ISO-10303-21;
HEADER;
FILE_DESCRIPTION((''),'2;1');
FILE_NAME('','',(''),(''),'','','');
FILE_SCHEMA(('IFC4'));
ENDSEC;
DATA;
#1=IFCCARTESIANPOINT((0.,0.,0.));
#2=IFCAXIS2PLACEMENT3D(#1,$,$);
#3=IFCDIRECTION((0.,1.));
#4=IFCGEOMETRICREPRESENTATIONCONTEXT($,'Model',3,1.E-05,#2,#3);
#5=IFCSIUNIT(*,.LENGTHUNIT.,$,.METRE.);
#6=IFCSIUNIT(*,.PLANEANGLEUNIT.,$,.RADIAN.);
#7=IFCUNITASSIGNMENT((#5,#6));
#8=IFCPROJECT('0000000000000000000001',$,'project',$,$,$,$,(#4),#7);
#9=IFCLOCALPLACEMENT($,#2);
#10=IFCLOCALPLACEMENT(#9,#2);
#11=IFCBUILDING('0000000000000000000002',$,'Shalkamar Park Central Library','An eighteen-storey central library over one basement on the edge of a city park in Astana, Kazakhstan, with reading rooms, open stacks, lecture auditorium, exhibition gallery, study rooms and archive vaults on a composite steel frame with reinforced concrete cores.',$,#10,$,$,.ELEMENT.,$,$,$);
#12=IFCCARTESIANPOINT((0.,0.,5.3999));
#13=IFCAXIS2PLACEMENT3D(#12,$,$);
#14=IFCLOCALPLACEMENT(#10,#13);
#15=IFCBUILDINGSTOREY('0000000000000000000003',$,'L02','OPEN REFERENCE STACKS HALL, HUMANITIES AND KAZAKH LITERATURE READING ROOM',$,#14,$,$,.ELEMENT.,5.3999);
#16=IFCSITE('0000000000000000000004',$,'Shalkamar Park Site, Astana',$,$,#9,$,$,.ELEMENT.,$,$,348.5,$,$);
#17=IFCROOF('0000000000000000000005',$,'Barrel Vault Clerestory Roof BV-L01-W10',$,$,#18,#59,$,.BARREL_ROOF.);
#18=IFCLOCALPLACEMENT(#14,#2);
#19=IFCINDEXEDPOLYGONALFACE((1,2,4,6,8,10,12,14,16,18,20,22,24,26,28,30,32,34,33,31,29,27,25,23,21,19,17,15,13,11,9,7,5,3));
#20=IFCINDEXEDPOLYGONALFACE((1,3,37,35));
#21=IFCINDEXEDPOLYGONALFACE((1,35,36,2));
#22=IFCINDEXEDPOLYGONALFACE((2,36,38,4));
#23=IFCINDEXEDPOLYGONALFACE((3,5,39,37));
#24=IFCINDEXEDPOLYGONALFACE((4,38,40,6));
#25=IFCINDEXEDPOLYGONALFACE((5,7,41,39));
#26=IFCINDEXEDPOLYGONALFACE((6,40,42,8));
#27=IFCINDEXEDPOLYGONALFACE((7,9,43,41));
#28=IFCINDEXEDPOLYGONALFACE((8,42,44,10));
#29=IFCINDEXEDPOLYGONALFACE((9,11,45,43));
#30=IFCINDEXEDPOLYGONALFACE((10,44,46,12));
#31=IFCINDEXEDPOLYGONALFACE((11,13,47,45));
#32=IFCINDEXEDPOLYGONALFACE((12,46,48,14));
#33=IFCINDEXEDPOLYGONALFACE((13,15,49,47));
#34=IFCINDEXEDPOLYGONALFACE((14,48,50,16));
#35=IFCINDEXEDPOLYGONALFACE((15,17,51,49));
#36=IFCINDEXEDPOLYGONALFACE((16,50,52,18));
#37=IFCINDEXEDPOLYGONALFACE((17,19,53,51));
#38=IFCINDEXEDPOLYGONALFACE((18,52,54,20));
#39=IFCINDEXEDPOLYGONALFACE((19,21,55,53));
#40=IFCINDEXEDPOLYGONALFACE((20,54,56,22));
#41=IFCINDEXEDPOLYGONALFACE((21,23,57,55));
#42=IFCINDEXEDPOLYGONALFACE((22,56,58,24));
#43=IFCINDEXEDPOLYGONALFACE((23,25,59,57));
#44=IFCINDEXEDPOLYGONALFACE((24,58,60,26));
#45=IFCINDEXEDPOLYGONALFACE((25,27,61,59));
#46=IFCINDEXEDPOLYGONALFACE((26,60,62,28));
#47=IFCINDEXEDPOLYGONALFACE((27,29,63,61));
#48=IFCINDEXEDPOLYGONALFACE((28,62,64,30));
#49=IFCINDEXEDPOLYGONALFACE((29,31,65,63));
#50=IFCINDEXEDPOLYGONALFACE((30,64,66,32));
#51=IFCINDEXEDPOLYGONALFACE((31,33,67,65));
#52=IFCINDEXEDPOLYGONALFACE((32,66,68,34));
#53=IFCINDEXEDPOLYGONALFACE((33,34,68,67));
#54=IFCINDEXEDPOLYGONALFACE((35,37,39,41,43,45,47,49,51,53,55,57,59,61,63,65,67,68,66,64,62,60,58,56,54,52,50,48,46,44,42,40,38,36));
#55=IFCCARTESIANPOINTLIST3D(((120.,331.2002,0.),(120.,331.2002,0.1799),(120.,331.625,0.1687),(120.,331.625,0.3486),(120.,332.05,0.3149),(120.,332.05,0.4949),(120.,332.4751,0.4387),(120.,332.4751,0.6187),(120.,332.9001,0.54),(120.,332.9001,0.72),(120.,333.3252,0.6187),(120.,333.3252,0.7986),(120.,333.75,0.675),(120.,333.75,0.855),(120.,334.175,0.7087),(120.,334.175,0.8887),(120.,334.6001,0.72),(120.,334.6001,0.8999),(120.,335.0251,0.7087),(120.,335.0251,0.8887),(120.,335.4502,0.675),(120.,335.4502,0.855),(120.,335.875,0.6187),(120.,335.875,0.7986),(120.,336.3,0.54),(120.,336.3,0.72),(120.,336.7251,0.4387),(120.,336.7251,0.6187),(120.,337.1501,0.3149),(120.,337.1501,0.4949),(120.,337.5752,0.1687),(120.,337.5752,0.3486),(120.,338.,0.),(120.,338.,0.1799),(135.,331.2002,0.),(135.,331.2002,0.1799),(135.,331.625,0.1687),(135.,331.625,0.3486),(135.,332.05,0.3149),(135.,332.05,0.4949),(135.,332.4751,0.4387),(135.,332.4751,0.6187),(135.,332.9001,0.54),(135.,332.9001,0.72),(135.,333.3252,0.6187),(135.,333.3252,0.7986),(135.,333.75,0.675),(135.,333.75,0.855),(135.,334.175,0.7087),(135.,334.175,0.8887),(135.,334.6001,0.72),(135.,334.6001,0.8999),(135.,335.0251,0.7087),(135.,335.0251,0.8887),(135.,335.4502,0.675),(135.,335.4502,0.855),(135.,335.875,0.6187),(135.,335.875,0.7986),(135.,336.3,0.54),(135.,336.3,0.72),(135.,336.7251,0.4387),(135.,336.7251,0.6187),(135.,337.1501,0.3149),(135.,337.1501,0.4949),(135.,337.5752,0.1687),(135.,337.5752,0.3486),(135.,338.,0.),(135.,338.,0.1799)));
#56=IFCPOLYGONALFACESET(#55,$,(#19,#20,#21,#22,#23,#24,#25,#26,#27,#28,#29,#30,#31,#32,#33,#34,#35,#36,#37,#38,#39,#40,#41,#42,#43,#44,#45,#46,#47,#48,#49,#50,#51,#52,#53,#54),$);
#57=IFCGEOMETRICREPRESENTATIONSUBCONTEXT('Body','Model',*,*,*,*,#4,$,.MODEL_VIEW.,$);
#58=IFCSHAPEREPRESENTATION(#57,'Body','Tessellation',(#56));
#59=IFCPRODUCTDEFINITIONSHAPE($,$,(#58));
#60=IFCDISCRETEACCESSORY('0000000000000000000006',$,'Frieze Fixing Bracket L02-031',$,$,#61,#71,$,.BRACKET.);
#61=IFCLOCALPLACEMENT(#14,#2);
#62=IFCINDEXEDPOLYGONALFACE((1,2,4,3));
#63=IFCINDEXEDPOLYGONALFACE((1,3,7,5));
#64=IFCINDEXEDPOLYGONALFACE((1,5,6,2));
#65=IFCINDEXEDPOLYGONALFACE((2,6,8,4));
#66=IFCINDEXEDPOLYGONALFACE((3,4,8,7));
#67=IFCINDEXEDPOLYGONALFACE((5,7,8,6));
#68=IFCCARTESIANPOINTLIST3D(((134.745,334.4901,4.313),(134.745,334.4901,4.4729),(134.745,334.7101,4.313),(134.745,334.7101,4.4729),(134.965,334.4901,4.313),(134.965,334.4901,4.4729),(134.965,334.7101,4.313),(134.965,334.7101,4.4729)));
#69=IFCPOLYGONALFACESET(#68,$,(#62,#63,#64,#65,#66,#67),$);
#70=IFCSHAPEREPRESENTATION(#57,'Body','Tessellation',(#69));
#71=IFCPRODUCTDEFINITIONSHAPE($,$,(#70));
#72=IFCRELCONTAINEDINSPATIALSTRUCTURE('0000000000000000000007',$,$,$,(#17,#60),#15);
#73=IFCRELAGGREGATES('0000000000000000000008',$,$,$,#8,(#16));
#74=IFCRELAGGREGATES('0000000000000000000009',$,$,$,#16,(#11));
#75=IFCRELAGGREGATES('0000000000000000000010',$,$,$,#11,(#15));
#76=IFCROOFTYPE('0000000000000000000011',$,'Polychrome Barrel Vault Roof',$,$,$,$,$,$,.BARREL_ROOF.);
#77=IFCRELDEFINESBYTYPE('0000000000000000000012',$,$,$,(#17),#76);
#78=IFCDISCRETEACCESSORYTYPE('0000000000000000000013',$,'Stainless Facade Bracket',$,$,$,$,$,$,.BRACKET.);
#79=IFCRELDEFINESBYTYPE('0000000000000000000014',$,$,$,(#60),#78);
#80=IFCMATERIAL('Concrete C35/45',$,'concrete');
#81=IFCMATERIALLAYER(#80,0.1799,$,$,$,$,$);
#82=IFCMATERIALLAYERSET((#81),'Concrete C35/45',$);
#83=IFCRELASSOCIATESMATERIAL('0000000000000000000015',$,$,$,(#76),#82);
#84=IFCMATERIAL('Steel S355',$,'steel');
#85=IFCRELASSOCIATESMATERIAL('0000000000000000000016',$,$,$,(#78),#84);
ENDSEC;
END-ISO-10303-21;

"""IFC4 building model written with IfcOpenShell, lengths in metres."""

from ifc_helpers import new_model, si_unit, direction, frame, origin, origin_2d, place, context, subcontext, project, spatial, polyline, rectangle, outline, extrude, material, layer, layer_set, type_object, element, save


model = new_model("IFC4")

# Units and contexts
model_context = context("Model", 3, precision=1e-05, world=origin(), true_north=direction((0.0, 1.0)))
body_context = subcontext(model_context, "Body", "Model", "MODEL_VIEW")
ifc_project = project(units=[si_unit("LENGTHUNIT", "METRE"), si_unit("PLANEANGLEUNIT", "RADIAN")], contexts=[model_context])

# Site, building, storey
site_placement = place(None, origin())
site = spatial("IfcSite", under=ifc_project, at=site_placement, Name="Shalkamar Park Site, Astana", CompositionType="ELEMENT", RefElevation=348.5)
building_placement = place(site_placement, origin())
building = spatial("IfcBuilding", under=site, at=building_placement, Name="Shalkamar Park Central Library", Description="An eighteen-storey central library over one basement on the edge of a city park in Astana, Kazakhstan, with reading rooms, open stacks, lecture auditorium, exhibition gallery, study rooms and archive vaults on a composite steel frame with reinforced concrete cores.", CompositionType="ELEMENT")
storey_placement = place(building_placement, frame((0.0, 0.0, 5.3999)))
storey = spatial("IfcBuildingStorey", under=building, at=storey_placement, Name="L02", Description="OPEN REFERENCE STACKS HALL, HUMANITIES AND KAZAKH LITERATURE READING ROOM", CompositionType="ELEMENT", Elevation=5.3999)

# Shared definitions
ifc_material_1 = material(Name="Steel S355", Category="steel")

# Roof
ifc_material_2 = material(Name="Concrete C35/45", Category="concrete")
ifc_layer_1 = layer(ifc_material_2, 0.1799)
ifc_layer_set_1 = layer_set([ifc_layer_1], Name="Concrete C35/45")
roof_type = type_object("IfcRoofType", Name="Polychrome Barrel Vault Roof", PredefinedType="BARREL_ROOF", material=ifc_layer_set_1)
roof_placement = place(storey_placement, frame((120.0, 334.6001, 0.0), z_axis=(0.0, 0.0, 1.0), x_axis=(1.0, 0.0, 0.0)))
element("IfcRoof", 1, at=roof_placement, inside=storey, type_object=roof_type, Name="Barrel Vault Clerestory Roof BV-L01-W10", PredefinedType="BARREL_ROOF", context=body_context, shape_type="SweptSolid", body=[
    extrude(outline(polyline([(-3.3999, 0.1799), (-2.9751, 0.3486), (-2.55, 0.4949), (-2.125, 0.6187), (-1.7, 0.72), (-1.2749, 0.7986), (-0.8501, 0.855), (-0.425, 0.8887), (0.0, 0.8999), (0.425, 0.8887), (0.8501, 0.855), (1.2749, 0.7986), (1.7, 0.72), (2.125, 0.6187), (2.55, 0.4949), (2.9751, 0.3486), (3.3999, 0.1799), (3.3999, 0.0), (2.9751, 0.1687), (2.55, 0.3149), (2.125, 0.4387), (1.7, 0.54), (1.2749, 0.6187), (0.8501, 0.675), (0.425, 0.7087), (0.0, 0.72), (-0.425, 0.7087), (-0.8501, 0.675), (-1.2749, 0.6187), (-1.7, 0.54), (-2.125, 0.4387), (-2.55, 0.3149), (-2.9751, 0.1687), (-3.3999, 0.0), (-3.3999, 0.1799)])), frame((0.0, 0.0, 0.0), z_axis=(1.0, 0.0, 0.0), x_axis=(0.0, 1.0, 0.0)), (0.0, 0.0, 1.0), 15.0),
])

# Discrete accessory
discrete_accessory_type = type_object("IfcDiscreteAccessoryType", Name="Stainless Facade Bracket", PredefinedType="BRACKET", material=ifc_material_1)
discrete_accessory_placement = place(storey_placement, frame((134.855, 334.6001, 4.313), z_axis=(0.0, 0.0, 1.0), x_axis=(1.0, 0.0, 0.0)))
element("IfcDiscreteAccessory", 2, at=discrete_accessory_placement, inside=storey, type_object=discrete_accessory_type, Name="Frieze Fixing Bracket L02-031", PredefinedType="BRACKET", context=body_context, shape_type="SweptSolid", body=[
    extrude(rectangle(XDim=0.22, YDim=0.22, at=origin_2d()), origin(), (0.0, 0.0, 1.0), 0.1599),
])

save(model, "model.ifc")
